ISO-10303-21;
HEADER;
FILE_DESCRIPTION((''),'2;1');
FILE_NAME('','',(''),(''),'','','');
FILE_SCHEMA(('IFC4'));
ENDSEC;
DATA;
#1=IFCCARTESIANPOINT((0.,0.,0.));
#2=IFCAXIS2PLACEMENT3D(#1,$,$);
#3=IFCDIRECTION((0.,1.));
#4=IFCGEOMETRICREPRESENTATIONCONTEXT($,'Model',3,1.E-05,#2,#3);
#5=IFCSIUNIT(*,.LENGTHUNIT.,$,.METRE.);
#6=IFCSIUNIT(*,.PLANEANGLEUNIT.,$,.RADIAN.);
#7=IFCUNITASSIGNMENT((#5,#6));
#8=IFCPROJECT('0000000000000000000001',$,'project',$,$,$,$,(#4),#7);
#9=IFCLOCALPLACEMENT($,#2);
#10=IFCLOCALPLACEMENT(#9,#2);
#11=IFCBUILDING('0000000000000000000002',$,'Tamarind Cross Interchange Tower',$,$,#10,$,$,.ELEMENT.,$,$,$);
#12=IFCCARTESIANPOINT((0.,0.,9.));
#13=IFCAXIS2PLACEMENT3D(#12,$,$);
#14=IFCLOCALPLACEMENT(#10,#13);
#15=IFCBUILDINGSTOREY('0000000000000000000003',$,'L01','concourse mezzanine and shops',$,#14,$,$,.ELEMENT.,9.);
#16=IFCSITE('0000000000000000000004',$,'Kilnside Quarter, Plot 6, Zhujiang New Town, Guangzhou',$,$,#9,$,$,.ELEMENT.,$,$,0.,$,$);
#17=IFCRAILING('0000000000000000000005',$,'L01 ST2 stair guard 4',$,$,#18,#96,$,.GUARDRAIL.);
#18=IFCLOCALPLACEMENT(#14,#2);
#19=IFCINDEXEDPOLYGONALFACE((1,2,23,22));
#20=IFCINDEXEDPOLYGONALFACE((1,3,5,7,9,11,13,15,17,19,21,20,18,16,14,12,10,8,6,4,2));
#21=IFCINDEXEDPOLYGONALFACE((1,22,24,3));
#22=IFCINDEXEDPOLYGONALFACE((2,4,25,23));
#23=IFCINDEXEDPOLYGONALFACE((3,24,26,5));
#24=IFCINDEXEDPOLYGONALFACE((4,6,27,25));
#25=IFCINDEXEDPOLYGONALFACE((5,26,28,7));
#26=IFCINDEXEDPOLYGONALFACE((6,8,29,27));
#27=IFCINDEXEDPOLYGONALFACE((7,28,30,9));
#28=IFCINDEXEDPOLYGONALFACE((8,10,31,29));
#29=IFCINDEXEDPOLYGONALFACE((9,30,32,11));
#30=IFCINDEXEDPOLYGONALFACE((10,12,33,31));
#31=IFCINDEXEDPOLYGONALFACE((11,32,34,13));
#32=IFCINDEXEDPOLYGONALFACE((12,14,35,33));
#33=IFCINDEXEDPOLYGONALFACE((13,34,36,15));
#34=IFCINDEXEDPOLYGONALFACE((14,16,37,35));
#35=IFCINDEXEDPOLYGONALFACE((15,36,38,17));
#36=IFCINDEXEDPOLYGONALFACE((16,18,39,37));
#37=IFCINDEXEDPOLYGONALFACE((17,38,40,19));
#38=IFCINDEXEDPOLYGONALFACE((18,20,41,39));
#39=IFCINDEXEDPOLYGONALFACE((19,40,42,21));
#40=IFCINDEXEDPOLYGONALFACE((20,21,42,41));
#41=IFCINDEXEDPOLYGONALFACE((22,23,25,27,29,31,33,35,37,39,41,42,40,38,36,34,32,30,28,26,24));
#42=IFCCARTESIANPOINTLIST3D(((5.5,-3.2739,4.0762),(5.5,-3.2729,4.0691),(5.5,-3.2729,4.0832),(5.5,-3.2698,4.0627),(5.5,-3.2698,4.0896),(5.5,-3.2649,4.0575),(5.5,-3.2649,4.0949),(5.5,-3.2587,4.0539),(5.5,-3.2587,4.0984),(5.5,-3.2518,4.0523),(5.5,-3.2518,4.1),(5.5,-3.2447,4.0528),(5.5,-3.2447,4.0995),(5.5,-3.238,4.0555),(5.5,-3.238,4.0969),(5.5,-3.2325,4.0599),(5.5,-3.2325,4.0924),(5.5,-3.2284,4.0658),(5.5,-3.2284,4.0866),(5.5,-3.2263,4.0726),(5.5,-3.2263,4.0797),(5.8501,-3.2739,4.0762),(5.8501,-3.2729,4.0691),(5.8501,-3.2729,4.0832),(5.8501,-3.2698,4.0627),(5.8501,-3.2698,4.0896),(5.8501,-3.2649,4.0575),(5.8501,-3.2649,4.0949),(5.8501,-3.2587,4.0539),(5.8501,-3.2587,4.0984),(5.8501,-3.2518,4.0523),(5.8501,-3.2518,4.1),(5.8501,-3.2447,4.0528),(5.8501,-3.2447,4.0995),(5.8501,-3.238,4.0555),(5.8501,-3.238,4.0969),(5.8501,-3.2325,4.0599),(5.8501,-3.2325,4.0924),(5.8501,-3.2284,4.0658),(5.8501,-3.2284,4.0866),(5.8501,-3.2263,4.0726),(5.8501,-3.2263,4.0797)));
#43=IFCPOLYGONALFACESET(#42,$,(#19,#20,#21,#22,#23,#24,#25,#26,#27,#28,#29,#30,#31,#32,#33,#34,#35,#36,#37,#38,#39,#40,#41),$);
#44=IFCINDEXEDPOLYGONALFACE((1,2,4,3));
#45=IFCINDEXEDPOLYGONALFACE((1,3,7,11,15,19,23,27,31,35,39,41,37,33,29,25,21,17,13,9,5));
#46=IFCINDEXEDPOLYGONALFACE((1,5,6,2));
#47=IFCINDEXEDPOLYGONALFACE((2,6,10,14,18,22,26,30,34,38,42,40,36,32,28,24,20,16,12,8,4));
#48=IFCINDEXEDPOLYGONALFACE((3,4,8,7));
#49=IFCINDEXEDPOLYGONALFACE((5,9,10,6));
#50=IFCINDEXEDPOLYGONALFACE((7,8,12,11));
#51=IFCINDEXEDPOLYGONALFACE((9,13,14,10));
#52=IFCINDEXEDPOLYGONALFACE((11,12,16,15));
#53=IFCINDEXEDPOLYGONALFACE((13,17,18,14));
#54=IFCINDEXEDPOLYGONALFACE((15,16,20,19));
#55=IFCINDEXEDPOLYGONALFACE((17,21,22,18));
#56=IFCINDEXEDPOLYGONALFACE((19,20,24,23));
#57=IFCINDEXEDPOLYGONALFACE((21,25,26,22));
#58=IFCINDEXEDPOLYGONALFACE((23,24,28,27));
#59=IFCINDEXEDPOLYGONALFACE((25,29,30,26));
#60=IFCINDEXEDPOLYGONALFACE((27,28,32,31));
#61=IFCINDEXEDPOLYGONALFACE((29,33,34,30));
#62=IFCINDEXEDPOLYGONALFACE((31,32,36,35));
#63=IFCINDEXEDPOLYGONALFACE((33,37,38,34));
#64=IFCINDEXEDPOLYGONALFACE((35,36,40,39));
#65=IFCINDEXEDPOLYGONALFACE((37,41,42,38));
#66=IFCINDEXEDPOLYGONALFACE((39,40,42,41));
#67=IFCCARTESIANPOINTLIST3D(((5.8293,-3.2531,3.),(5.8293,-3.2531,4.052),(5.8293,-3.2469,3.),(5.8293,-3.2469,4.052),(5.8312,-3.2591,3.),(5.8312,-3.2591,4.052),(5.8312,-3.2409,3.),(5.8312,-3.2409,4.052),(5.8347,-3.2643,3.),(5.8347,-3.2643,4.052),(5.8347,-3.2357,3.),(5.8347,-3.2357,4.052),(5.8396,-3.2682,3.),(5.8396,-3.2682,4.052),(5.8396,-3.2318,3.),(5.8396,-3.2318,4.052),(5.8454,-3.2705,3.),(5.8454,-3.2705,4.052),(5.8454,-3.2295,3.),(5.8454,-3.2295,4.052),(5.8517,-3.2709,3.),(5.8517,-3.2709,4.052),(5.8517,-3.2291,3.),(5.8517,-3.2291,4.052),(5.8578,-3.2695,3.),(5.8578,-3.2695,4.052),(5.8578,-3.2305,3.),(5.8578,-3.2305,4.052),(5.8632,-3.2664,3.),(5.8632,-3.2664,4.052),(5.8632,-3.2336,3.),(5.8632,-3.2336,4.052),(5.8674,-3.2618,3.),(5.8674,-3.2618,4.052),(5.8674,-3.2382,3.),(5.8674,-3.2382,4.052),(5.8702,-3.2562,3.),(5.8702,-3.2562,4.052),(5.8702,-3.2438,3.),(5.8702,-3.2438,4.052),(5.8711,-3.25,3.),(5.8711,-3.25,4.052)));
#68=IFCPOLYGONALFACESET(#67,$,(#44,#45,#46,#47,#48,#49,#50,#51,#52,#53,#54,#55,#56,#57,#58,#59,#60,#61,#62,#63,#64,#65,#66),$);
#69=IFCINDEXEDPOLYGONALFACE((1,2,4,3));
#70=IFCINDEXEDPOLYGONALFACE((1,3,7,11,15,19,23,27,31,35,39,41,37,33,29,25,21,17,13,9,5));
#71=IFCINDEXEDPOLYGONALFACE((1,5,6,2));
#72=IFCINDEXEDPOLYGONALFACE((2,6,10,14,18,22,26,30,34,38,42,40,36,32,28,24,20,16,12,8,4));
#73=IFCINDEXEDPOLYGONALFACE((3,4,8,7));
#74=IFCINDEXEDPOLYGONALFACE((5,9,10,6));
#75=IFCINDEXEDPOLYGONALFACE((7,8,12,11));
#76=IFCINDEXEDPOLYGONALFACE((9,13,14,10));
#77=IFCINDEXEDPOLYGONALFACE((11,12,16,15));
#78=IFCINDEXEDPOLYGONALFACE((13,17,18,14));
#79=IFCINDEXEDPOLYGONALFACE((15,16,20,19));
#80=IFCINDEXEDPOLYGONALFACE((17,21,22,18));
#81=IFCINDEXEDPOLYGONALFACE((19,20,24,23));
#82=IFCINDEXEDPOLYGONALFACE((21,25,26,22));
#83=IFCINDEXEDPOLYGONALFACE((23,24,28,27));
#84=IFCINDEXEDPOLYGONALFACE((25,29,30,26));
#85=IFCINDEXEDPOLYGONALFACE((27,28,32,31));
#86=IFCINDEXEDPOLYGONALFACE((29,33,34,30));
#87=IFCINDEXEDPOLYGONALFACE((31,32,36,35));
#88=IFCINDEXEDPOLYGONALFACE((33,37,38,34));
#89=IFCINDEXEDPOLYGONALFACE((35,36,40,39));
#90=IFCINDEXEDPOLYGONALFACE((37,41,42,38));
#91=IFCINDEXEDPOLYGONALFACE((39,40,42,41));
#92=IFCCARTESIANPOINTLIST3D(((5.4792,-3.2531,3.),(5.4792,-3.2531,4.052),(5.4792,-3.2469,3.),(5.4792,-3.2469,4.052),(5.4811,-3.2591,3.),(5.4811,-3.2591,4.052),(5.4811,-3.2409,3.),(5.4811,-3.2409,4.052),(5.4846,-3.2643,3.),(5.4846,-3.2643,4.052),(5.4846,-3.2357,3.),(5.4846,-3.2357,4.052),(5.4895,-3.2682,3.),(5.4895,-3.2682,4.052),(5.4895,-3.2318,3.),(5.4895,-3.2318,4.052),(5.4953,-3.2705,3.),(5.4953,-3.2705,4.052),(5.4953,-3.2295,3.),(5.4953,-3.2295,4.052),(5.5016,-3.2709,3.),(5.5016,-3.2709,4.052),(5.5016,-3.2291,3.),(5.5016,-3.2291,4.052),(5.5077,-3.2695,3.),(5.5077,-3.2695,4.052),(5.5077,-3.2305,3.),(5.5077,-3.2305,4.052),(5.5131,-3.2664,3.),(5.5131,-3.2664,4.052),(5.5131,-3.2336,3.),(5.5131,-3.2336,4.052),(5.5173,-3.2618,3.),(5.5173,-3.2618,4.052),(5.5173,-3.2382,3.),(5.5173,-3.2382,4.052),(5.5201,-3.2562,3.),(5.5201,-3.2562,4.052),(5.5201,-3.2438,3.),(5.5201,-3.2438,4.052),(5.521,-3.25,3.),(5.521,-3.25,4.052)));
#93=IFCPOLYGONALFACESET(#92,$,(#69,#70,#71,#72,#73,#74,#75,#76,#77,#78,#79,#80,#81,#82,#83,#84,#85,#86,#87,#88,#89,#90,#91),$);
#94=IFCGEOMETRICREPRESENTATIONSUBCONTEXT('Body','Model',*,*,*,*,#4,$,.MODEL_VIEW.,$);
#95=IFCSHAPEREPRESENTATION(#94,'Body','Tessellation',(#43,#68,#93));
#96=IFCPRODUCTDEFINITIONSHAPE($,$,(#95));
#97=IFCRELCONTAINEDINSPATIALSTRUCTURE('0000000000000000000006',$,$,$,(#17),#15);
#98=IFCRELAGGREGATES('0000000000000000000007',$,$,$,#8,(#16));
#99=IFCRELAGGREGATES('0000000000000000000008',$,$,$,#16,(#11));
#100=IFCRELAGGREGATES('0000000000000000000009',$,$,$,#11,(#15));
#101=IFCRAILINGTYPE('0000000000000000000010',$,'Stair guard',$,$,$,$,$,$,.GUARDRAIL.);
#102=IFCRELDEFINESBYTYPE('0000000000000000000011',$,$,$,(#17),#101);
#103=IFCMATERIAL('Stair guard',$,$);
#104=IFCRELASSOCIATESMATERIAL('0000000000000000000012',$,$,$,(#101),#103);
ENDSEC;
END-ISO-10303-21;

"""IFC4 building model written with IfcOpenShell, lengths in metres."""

from ifc_helpers import new_model, si_unit, direction, frame, origin, origin_2d, place, context, subcontext, project, spatial, circle, extrude, material, type_object, element, save


model = new_model("IFC4")

# Units and contexts
model_context = context("Model", 3, precision=1e-05, world=origin(), true_north=direction((0.0, 1.0)))
body_context = subcontext(model_context, "Body", "Model", "MODEL_VIEW")
ifc_project = project(units=[si_unit("LENGTHUNIT", "METRE"), si_unit("PLANEANGLEUNIT", "RADIAN")], contexts=[model_context])

# Site, building, storey
site_placement = place(None, origin())
site = spatial("IfcSite", under=ifc_project, at=site_placement, Name="Kilnside Quarter, Plot 6, Zhujiang New Town, Guangzhou", CompositionType="ELEMENT", RefElevation=0.0)
building_placement = place(site_placement, origin())
building = spatial("IfcBuilding", under=site, at=building_placement, Name="Tamarind Cross Interchange Tower", CompositionType="ELEMENT")
storey_placement = place(building_placement, frame((0.0, 0.0, 9.0)))
storey = spatial("IfcBuildingStorey", under=building, at=storey_placement, Name="L01", Description="concourse mezzanine and shops", CompositionType="ELEMENT", Elevation=9.0)

# Railing
ifc_material_1 = material(Name="Stair guard")
railing_type_1 = type_object("IfcRailingType", Name="Stair guard", PredefinedType="GUARDRAIL", material=ifc_material_1)
railing_1_placement = place(storey_placement, frame((5.8501, -3.25, 3.0)))
element("IfcRailing", 1, at=railing_1_placement, inside=storey, type_object=railing_type_1, Name="L01 ST2 stair guard 4", PredefinedType="GUARDRAIL", context=body_context, shape_type="SweptSolid", body=[
    extrude(circle(Radius=0.0239, at=origin_2d()), frame((0.0, 0.0, 1.0762), z_axis=(-1.0, 0.0, 0.0), x_axis=(0.0, -1.0, 0.0)), (0.0, 0.0, 1.0), 0.3501),
    extrude(circle(Radius=0.021, at=origin_2d()), origin(), (0.0, 0.0, 1.0), 1.052),
    extrude(circle(Radius=0.021, at=origin_2d()), frame((-0.3501, 0.0, 0.0)), (0.0, 0.0, 1.0), 1.052),
])

save(model, "model.ifc")
